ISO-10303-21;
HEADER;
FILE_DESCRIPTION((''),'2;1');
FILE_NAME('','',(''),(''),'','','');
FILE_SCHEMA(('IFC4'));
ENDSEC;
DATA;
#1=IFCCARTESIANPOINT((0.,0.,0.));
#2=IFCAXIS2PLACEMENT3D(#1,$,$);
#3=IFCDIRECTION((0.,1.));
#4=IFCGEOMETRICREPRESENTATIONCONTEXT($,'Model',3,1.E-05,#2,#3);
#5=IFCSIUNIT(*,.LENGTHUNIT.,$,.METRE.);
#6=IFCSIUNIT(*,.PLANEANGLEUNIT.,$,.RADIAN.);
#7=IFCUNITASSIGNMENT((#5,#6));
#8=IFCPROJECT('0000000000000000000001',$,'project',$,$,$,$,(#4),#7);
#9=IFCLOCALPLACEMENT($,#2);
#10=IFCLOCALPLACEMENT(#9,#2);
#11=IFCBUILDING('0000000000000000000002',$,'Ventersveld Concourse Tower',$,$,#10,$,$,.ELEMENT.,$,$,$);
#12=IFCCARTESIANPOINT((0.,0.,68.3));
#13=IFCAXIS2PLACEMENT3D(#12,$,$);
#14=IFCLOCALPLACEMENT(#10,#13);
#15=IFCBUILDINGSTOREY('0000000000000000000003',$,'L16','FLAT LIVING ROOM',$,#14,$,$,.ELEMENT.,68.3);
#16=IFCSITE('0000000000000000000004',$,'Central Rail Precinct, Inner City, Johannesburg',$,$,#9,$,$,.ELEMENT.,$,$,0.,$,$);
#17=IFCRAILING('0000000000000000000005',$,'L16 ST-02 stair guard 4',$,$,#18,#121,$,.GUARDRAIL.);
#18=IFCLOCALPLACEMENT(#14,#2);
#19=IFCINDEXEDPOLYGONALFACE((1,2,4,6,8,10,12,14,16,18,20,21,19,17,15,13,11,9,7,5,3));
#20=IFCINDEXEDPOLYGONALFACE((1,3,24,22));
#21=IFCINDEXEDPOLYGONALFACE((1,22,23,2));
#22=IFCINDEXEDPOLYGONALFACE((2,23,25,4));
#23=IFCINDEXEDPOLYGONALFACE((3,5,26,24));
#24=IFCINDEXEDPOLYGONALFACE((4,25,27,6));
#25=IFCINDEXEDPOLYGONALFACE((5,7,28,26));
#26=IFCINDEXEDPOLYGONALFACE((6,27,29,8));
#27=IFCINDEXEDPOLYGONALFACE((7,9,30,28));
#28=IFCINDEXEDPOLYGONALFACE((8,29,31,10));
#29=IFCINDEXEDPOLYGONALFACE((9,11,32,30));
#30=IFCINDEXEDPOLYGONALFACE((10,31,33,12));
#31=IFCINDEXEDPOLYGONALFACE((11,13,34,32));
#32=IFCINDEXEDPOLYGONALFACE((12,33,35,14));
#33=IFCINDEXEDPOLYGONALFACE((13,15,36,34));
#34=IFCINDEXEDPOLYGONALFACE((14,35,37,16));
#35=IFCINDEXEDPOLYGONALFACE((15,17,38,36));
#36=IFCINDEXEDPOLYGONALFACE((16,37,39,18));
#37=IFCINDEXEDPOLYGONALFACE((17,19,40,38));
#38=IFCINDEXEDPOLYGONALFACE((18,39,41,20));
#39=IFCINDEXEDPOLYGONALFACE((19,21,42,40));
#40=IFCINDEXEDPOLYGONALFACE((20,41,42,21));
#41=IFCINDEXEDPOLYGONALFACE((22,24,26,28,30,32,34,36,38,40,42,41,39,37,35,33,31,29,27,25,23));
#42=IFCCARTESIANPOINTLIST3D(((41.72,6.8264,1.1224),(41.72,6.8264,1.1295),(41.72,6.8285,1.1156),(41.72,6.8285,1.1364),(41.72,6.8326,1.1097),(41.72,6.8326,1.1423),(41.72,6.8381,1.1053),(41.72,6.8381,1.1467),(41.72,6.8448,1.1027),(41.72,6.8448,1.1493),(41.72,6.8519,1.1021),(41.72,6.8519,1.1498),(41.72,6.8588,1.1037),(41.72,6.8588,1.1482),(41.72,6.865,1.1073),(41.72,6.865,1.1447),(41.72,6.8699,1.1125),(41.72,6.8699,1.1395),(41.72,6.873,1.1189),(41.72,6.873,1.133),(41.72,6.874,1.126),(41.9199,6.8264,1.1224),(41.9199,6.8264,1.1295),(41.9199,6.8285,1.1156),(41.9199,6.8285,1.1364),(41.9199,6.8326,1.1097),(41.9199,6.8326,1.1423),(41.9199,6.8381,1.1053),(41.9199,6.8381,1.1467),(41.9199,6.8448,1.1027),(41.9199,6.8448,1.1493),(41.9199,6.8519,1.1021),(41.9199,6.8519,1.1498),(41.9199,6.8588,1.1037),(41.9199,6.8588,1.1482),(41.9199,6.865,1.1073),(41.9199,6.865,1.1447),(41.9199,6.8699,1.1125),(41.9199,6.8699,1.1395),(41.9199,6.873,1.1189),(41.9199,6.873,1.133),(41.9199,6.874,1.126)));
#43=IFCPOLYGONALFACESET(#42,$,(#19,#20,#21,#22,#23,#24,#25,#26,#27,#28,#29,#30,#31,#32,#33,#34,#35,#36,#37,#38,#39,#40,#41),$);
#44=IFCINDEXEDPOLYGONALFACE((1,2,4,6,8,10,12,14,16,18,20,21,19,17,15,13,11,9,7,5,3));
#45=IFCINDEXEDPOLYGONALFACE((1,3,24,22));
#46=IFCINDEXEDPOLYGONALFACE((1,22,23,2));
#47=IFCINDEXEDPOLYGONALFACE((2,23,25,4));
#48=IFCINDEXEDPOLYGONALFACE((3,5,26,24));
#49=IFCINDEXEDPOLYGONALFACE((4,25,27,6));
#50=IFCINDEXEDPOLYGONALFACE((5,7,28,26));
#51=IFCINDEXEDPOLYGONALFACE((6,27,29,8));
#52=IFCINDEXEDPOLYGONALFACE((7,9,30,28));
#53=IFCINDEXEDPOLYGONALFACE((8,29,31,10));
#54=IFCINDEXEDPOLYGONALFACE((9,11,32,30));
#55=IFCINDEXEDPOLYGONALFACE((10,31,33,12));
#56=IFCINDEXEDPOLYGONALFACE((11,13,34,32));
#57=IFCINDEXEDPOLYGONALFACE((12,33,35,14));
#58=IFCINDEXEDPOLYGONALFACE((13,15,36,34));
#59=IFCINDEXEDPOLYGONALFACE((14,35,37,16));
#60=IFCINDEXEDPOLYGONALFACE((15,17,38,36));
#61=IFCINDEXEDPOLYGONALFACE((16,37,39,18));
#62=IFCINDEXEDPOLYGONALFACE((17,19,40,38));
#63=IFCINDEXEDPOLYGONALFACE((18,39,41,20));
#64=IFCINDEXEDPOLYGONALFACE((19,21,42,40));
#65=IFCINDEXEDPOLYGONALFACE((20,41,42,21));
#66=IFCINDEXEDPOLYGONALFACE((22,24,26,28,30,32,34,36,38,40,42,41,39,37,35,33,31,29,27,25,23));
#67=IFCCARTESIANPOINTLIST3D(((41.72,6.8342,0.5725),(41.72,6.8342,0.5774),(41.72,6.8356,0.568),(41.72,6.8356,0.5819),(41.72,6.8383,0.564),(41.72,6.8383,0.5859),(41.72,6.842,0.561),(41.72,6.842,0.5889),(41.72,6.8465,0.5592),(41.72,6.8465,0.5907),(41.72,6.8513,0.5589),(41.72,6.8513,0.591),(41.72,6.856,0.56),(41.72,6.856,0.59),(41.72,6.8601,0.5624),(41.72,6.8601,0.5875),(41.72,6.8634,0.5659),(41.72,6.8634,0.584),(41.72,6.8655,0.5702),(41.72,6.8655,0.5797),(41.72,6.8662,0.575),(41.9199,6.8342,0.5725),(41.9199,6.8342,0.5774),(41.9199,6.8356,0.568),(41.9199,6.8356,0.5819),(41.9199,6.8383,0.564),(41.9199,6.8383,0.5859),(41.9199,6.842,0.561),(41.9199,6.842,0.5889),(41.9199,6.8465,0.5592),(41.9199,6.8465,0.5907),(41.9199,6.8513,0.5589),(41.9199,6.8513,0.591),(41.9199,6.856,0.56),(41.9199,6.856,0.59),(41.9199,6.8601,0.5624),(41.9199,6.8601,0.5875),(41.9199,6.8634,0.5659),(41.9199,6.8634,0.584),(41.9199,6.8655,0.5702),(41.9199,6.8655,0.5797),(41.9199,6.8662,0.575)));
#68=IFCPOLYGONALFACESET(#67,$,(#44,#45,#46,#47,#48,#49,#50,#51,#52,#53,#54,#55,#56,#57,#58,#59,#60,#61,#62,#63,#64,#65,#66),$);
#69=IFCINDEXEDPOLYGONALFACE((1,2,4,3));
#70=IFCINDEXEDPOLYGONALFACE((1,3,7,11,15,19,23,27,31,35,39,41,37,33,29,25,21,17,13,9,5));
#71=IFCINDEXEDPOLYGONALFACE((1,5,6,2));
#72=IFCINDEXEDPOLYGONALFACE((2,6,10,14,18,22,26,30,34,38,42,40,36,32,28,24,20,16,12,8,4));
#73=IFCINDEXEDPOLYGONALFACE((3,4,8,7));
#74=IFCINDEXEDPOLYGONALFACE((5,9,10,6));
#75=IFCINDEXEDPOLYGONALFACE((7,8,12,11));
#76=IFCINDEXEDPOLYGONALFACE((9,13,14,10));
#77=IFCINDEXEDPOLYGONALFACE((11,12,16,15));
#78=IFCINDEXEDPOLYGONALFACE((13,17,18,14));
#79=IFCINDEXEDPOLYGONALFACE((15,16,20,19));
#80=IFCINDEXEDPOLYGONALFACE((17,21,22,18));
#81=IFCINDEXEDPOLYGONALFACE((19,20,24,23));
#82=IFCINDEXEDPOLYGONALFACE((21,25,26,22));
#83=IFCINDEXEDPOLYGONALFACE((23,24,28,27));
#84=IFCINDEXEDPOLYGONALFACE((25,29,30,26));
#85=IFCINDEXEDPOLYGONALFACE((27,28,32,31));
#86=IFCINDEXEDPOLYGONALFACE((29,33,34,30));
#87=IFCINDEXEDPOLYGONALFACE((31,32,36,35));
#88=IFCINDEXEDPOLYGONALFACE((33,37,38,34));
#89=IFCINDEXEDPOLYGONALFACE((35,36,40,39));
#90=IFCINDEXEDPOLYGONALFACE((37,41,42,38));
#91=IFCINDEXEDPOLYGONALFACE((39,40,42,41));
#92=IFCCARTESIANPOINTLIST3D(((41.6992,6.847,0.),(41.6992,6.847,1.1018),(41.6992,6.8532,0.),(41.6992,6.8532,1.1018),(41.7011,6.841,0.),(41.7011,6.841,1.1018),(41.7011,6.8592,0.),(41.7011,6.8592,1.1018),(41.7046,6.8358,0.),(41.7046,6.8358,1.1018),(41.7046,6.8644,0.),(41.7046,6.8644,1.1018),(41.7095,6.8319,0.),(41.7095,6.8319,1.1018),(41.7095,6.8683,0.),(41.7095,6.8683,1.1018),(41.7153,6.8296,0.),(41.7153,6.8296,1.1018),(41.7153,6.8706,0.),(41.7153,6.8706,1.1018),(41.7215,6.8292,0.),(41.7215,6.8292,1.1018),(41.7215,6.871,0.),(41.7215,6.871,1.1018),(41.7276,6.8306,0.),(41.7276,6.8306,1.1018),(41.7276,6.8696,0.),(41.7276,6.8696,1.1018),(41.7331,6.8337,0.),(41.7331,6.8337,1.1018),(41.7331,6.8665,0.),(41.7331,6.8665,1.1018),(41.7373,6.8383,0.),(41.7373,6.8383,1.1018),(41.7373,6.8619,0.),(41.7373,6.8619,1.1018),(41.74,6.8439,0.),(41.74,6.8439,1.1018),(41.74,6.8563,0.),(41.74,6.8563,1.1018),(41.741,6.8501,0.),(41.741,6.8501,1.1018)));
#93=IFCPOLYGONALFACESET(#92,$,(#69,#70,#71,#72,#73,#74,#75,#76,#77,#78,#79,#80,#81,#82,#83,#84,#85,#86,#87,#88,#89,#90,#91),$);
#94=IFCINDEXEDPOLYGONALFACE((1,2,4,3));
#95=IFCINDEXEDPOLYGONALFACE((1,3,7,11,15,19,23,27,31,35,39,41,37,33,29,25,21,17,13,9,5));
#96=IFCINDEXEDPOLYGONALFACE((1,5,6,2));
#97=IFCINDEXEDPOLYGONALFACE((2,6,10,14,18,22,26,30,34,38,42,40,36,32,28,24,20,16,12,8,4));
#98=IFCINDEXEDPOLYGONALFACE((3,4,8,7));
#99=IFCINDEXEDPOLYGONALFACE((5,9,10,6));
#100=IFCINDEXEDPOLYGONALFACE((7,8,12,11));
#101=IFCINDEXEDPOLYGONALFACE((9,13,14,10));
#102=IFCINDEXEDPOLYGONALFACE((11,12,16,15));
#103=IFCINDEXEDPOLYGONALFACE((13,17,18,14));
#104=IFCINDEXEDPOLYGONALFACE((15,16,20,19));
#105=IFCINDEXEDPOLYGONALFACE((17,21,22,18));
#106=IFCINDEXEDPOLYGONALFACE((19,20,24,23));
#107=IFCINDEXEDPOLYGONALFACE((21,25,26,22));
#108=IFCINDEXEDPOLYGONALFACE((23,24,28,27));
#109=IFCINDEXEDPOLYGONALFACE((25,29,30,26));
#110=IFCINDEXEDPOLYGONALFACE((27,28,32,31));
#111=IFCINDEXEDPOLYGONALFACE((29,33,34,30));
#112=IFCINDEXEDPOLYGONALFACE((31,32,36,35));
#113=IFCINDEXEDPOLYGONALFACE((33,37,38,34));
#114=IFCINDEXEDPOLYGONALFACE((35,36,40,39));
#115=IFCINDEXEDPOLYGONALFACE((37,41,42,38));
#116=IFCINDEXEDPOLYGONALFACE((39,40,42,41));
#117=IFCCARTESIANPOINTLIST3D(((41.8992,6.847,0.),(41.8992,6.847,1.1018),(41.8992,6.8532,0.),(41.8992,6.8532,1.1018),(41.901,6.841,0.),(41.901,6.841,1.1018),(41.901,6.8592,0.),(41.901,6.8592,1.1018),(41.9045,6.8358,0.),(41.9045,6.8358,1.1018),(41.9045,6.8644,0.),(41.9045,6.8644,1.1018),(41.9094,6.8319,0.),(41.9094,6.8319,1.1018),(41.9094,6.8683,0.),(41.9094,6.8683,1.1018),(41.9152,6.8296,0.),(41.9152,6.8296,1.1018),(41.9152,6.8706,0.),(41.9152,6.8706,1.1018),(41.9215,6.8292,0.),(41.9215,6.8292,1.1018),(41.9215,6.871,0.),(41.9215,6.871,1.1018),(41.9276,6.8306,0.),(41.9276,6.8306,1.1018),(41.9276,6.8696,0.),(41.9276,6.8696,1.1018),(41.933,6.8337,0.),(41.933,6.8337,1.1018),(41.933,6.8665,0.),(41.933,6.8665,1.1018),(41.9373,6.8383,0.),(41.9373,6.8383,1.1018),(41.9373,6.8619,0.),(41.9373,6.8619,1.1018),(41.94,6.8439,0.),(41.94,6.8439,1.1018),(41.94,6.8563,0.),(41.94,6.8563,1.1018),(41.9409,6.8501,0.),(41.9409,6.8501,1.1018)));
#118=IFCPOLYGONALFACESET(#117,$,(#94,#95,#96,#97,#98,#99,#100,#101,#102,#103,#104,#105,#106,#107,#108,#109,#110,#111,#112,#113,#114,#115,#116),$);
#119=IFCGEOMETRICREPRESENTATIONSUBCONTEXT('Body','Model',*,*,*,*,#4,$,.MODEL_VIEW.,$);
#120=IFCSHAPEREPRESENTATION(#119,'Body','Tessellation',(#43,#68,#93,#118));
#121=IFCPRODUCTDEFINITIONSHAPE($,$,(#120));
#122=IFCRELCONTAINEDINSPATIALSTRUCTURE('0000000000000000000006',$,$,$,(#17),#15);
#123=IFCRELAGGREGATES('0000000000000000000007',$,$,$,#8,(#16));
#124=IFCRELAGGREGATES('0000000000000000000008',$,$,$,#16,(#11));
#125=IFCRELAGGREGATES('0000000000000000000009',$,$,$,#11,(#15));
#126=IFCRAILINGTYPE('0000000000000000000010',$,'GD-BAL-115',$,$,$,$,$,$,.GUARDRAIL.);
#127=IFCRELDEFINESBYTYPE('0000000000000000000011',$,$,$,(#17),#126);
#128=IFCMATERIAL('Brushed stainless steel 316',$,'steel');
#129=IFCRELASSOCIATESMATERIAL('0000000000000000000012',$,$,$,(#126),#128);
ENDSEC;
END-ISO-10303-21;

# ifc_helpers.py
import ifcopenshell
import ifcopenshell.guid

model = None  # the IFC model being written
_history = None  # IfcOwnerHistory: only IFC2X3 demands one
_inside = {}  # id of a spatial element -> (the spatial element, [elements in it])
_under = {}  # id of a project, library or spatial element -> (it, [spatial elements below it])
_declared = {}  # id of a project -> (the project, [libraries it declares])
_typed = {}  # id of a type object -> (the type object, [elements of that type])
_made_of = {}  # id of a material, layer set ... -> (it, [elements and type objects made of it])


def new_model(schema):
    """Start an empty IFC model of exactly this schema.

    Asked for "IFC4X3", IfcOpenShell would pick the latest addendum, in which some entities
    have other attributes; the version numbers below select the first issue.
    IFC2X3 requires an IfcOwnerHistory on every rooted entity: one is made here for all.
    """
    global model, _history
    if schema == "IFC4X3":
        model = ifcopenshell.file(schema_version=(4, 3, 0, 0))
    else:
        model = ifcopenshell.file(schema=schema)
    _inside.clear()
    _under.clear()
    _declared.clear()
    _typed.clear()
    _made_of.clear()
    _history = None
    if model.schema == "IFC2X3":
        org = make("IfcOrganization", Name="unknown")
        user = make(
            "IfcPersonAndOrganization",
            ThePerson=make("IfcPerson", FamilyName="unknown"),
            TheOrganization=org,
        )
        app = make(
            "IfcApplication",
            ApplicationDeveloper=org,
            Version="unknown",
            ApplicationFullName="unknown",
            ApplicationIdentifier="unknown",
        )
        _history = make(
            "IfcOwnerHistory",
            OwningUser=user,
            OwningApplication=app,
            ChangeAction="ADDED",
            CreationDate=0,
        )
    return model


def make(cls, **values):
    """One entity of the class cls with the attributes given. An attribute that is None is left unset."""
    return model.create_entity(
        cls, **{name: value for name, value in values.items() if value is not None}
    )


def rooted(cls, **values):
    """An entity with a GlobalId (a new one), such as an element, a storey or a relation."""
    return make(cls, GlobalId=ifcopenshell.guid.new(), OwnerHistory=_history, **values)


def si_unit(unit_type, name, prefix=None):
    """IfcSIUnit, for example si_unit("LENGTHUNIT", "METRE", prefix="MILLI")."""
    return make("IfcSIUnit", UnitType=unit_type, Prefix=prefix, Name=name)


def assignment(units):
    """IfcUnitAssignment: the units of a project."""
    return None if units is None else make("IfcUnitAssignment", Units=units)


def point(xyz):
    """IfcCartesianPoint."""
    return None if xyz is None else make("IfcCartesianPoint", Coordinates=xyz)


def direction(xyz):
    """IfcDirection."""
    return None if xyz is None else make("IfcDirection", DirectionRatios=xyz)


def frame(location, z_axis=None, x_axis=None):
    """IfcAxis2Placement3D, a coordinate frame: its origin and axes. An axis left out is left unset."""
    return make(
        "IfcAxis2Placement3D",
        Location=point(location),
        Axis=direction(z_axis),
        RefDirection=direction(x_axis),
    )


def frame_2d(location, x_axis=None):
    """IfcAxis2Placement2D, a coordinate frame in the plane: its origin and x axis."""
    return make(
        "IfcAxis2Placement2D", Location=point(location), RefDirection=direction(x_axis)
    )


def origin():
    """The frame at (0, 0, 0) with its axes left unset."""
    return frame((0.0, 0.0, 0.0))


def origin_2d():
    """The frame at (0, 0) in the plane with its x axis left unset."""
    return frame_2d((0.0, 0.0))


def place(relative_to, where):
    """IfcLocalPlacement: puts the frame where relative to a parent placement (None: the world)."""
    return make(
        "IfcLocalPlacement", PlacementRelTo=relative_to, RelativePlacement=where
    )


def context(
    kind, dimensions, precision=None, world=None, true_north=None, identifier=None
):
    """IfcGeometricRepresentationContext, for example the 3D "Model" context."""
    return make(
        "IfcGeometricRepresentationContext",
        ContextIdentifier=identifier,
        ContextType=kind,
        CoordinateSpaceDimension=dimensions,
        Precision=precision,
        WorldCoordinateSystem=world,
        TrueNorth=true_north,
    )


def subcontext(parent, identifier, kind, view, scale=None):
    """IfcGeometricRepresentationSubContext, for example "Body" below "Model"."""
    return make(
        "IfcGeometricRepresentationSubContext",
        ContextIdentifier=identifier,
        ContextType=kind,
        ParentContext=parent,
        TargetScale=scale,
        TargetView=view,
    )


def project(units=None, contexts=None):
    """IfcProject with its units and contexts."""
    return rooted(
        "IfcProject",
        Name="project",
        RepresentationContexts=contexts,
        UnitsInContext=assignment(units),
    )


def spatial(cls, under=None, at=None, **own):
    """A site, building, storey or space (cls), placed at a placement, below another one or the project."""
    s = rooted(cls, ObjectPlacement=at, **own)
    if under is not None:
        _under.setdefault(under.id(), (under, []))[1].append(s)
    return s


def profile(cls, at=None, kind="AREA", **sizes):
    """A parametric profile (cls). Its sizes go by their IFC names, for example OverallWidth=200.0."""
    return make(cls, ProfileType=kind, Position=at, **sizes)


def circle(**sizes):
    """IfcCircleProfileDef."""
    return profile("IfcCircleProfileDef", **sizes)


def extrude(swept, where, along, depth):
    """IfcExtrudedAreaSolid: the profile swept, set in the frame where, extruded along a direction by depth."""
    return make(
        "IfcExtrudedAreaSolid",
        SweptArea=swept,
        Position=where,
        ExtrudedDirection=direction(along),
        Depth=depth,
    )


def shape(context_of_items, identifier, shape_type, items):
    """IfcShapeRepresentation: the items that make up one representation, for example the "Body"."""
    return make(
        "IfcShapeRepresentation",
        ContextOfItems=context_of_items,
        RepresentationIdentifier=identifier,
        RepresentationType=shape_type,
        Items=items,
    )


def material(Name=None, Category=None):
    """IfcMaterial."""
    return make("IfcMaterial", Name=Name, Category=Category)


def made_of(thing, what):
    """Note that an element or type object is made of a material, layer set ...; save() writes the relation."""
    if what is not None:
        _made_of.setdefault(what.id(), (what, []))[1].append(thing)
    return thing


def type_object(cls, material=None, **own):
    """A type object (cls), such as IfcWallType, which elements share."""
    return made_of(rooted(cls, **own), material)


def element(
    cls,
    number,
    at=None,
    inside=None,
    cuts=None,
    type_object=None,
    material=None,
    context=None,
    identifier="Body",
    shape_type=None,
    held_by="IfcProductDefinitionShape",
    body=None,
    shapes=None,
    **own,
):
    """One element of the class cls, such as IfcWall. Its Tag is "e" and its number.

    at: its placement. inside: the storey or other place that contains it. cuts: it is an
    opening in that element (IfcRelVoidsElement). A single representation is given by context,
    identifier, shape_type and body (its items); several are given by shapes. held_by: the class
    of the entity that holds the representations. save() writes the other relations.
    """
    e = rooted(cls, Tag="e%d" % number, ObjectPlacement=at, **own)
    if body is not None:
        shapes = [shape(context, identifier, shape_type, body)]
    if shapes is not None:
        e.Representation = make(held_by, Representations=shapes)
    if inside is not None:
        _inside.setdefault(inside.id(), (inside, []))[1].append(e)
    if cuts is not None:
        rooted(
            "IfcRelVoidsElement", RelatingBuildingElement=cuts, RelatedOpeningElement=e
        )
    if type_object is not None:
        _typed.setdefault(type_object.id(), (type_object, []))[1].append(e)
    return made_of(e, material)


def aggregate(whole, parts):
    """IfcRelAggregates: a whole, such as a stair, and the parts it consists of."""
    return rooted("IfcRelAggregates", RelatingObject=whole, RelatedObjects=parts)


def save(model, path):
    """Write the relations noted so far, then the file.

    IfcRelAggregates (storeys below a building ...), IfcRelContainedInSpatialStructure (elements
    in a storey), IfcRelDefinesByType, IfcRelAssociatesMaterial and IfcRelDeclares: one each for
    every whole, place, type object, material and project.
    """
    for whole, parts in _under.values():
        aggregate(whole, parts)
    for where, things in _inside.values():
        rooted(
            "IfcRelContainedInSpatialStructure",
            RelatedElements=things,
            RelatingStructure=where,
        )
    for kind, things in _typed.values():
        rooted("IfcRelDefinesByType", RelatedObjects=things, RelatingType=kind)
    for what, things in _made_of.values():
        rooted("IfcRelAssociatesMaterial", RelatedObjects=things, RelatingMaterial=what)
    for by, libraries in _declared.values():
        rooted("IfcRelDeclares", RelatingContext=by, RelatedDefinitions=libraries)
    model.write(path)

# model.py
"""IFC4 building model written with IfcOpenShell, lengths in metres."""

from ifc_helpers import new_model, si_unit, direction, frame, origin, origin_2d, place, context, subcontext, project, spatial, circle, extrude, material, type_object, element, save


model = new_model("IFC4")

# Units and contexts
model_context = context("Model", 3, precision=1e-05, world=origin(), true_north=direction((0.0, 1.0)))
body_context = subcontext(model_context, "Body", "Model", "MODEL_VIEW")
ifc_project = project(units=[si_unit("LENGTHUNIT", "METRE"), si_unit("PLANEANGLEUNIT", "RADIAN")], contexts=[model_context])

# Site, building, storey
site_placement = place(None, origin())
site = spatial("IfcSite", under=ifc_project, at=site_placement, Name="Central Rail Precinct, Inner City, Johannesburg", CompositionType="ELEMENT", RefElevation=0.0)
building_placement = place(site_placement, origin())
building = spatial("IfcBuilding", under=site, at=building_placement, Name="Ventersveld Concourse Tower", CompositionType="ELEMENT")
storey_placement = place(building_placement, frame((0.0, 0.0, 68.3)))
storey = spatial("IfcBuildingStorey", under=building, at=storey_placement, Name="L16", Description="FLAT LIVING ROOM", CompositionType="ELEMENT", Elevation=68.3)

# Shared definitions
ifc_material_1 = material(Name="Brushed stainless steel 316", Category="steel")

# Railing
railing_type_1 = type_object("IfcRailingType", Name="GD-BAL-115", PredefinedType="GUARDRAIL", material=ifc_material_1)
railing_1_placement = place(storey_placement, frame((41.72, 6.8501, 0.0)))
element("IfcRailing", 1, at=railing_1_placement, inside=storey, type_object=railing_type_1, Name="L16 ST-02 stair guard 4", PredefinedType="GUARDRAIL", context=body_context, shape_type="SweptSolid", body=[
    extrude(circle(Radius=0.0239, at=origin_2d()), frame((0.0, 0.0, 1.126), z_axis=(1.0, 0.0, 0.0), x_axis=(0.0, 1.0, 0.0)), (0.0, 0.0, 1.0), 0.2),
    extrude(circle(Radius=0.0161, at=origin_2d()), frame((0.0, 0.0, 0.575), z_axis=(1.0, 0.0, 0.0), x_axis=(0.0, 1.0, 0.0)), (0.0, 0.0, 1.0), 0.2),
    extrude(circle(Radius=0.021, at=origin_2d()), origin(), (0.0, 0.0, 1.0), 1.1018),
    extrude(circle(Radius=0.021, at=origin_2d()), frame((0.2, 0.0, 0.0)), (0.0, 0.0, 1.0), 1.1018),
])

save(model, "model.ifc")
